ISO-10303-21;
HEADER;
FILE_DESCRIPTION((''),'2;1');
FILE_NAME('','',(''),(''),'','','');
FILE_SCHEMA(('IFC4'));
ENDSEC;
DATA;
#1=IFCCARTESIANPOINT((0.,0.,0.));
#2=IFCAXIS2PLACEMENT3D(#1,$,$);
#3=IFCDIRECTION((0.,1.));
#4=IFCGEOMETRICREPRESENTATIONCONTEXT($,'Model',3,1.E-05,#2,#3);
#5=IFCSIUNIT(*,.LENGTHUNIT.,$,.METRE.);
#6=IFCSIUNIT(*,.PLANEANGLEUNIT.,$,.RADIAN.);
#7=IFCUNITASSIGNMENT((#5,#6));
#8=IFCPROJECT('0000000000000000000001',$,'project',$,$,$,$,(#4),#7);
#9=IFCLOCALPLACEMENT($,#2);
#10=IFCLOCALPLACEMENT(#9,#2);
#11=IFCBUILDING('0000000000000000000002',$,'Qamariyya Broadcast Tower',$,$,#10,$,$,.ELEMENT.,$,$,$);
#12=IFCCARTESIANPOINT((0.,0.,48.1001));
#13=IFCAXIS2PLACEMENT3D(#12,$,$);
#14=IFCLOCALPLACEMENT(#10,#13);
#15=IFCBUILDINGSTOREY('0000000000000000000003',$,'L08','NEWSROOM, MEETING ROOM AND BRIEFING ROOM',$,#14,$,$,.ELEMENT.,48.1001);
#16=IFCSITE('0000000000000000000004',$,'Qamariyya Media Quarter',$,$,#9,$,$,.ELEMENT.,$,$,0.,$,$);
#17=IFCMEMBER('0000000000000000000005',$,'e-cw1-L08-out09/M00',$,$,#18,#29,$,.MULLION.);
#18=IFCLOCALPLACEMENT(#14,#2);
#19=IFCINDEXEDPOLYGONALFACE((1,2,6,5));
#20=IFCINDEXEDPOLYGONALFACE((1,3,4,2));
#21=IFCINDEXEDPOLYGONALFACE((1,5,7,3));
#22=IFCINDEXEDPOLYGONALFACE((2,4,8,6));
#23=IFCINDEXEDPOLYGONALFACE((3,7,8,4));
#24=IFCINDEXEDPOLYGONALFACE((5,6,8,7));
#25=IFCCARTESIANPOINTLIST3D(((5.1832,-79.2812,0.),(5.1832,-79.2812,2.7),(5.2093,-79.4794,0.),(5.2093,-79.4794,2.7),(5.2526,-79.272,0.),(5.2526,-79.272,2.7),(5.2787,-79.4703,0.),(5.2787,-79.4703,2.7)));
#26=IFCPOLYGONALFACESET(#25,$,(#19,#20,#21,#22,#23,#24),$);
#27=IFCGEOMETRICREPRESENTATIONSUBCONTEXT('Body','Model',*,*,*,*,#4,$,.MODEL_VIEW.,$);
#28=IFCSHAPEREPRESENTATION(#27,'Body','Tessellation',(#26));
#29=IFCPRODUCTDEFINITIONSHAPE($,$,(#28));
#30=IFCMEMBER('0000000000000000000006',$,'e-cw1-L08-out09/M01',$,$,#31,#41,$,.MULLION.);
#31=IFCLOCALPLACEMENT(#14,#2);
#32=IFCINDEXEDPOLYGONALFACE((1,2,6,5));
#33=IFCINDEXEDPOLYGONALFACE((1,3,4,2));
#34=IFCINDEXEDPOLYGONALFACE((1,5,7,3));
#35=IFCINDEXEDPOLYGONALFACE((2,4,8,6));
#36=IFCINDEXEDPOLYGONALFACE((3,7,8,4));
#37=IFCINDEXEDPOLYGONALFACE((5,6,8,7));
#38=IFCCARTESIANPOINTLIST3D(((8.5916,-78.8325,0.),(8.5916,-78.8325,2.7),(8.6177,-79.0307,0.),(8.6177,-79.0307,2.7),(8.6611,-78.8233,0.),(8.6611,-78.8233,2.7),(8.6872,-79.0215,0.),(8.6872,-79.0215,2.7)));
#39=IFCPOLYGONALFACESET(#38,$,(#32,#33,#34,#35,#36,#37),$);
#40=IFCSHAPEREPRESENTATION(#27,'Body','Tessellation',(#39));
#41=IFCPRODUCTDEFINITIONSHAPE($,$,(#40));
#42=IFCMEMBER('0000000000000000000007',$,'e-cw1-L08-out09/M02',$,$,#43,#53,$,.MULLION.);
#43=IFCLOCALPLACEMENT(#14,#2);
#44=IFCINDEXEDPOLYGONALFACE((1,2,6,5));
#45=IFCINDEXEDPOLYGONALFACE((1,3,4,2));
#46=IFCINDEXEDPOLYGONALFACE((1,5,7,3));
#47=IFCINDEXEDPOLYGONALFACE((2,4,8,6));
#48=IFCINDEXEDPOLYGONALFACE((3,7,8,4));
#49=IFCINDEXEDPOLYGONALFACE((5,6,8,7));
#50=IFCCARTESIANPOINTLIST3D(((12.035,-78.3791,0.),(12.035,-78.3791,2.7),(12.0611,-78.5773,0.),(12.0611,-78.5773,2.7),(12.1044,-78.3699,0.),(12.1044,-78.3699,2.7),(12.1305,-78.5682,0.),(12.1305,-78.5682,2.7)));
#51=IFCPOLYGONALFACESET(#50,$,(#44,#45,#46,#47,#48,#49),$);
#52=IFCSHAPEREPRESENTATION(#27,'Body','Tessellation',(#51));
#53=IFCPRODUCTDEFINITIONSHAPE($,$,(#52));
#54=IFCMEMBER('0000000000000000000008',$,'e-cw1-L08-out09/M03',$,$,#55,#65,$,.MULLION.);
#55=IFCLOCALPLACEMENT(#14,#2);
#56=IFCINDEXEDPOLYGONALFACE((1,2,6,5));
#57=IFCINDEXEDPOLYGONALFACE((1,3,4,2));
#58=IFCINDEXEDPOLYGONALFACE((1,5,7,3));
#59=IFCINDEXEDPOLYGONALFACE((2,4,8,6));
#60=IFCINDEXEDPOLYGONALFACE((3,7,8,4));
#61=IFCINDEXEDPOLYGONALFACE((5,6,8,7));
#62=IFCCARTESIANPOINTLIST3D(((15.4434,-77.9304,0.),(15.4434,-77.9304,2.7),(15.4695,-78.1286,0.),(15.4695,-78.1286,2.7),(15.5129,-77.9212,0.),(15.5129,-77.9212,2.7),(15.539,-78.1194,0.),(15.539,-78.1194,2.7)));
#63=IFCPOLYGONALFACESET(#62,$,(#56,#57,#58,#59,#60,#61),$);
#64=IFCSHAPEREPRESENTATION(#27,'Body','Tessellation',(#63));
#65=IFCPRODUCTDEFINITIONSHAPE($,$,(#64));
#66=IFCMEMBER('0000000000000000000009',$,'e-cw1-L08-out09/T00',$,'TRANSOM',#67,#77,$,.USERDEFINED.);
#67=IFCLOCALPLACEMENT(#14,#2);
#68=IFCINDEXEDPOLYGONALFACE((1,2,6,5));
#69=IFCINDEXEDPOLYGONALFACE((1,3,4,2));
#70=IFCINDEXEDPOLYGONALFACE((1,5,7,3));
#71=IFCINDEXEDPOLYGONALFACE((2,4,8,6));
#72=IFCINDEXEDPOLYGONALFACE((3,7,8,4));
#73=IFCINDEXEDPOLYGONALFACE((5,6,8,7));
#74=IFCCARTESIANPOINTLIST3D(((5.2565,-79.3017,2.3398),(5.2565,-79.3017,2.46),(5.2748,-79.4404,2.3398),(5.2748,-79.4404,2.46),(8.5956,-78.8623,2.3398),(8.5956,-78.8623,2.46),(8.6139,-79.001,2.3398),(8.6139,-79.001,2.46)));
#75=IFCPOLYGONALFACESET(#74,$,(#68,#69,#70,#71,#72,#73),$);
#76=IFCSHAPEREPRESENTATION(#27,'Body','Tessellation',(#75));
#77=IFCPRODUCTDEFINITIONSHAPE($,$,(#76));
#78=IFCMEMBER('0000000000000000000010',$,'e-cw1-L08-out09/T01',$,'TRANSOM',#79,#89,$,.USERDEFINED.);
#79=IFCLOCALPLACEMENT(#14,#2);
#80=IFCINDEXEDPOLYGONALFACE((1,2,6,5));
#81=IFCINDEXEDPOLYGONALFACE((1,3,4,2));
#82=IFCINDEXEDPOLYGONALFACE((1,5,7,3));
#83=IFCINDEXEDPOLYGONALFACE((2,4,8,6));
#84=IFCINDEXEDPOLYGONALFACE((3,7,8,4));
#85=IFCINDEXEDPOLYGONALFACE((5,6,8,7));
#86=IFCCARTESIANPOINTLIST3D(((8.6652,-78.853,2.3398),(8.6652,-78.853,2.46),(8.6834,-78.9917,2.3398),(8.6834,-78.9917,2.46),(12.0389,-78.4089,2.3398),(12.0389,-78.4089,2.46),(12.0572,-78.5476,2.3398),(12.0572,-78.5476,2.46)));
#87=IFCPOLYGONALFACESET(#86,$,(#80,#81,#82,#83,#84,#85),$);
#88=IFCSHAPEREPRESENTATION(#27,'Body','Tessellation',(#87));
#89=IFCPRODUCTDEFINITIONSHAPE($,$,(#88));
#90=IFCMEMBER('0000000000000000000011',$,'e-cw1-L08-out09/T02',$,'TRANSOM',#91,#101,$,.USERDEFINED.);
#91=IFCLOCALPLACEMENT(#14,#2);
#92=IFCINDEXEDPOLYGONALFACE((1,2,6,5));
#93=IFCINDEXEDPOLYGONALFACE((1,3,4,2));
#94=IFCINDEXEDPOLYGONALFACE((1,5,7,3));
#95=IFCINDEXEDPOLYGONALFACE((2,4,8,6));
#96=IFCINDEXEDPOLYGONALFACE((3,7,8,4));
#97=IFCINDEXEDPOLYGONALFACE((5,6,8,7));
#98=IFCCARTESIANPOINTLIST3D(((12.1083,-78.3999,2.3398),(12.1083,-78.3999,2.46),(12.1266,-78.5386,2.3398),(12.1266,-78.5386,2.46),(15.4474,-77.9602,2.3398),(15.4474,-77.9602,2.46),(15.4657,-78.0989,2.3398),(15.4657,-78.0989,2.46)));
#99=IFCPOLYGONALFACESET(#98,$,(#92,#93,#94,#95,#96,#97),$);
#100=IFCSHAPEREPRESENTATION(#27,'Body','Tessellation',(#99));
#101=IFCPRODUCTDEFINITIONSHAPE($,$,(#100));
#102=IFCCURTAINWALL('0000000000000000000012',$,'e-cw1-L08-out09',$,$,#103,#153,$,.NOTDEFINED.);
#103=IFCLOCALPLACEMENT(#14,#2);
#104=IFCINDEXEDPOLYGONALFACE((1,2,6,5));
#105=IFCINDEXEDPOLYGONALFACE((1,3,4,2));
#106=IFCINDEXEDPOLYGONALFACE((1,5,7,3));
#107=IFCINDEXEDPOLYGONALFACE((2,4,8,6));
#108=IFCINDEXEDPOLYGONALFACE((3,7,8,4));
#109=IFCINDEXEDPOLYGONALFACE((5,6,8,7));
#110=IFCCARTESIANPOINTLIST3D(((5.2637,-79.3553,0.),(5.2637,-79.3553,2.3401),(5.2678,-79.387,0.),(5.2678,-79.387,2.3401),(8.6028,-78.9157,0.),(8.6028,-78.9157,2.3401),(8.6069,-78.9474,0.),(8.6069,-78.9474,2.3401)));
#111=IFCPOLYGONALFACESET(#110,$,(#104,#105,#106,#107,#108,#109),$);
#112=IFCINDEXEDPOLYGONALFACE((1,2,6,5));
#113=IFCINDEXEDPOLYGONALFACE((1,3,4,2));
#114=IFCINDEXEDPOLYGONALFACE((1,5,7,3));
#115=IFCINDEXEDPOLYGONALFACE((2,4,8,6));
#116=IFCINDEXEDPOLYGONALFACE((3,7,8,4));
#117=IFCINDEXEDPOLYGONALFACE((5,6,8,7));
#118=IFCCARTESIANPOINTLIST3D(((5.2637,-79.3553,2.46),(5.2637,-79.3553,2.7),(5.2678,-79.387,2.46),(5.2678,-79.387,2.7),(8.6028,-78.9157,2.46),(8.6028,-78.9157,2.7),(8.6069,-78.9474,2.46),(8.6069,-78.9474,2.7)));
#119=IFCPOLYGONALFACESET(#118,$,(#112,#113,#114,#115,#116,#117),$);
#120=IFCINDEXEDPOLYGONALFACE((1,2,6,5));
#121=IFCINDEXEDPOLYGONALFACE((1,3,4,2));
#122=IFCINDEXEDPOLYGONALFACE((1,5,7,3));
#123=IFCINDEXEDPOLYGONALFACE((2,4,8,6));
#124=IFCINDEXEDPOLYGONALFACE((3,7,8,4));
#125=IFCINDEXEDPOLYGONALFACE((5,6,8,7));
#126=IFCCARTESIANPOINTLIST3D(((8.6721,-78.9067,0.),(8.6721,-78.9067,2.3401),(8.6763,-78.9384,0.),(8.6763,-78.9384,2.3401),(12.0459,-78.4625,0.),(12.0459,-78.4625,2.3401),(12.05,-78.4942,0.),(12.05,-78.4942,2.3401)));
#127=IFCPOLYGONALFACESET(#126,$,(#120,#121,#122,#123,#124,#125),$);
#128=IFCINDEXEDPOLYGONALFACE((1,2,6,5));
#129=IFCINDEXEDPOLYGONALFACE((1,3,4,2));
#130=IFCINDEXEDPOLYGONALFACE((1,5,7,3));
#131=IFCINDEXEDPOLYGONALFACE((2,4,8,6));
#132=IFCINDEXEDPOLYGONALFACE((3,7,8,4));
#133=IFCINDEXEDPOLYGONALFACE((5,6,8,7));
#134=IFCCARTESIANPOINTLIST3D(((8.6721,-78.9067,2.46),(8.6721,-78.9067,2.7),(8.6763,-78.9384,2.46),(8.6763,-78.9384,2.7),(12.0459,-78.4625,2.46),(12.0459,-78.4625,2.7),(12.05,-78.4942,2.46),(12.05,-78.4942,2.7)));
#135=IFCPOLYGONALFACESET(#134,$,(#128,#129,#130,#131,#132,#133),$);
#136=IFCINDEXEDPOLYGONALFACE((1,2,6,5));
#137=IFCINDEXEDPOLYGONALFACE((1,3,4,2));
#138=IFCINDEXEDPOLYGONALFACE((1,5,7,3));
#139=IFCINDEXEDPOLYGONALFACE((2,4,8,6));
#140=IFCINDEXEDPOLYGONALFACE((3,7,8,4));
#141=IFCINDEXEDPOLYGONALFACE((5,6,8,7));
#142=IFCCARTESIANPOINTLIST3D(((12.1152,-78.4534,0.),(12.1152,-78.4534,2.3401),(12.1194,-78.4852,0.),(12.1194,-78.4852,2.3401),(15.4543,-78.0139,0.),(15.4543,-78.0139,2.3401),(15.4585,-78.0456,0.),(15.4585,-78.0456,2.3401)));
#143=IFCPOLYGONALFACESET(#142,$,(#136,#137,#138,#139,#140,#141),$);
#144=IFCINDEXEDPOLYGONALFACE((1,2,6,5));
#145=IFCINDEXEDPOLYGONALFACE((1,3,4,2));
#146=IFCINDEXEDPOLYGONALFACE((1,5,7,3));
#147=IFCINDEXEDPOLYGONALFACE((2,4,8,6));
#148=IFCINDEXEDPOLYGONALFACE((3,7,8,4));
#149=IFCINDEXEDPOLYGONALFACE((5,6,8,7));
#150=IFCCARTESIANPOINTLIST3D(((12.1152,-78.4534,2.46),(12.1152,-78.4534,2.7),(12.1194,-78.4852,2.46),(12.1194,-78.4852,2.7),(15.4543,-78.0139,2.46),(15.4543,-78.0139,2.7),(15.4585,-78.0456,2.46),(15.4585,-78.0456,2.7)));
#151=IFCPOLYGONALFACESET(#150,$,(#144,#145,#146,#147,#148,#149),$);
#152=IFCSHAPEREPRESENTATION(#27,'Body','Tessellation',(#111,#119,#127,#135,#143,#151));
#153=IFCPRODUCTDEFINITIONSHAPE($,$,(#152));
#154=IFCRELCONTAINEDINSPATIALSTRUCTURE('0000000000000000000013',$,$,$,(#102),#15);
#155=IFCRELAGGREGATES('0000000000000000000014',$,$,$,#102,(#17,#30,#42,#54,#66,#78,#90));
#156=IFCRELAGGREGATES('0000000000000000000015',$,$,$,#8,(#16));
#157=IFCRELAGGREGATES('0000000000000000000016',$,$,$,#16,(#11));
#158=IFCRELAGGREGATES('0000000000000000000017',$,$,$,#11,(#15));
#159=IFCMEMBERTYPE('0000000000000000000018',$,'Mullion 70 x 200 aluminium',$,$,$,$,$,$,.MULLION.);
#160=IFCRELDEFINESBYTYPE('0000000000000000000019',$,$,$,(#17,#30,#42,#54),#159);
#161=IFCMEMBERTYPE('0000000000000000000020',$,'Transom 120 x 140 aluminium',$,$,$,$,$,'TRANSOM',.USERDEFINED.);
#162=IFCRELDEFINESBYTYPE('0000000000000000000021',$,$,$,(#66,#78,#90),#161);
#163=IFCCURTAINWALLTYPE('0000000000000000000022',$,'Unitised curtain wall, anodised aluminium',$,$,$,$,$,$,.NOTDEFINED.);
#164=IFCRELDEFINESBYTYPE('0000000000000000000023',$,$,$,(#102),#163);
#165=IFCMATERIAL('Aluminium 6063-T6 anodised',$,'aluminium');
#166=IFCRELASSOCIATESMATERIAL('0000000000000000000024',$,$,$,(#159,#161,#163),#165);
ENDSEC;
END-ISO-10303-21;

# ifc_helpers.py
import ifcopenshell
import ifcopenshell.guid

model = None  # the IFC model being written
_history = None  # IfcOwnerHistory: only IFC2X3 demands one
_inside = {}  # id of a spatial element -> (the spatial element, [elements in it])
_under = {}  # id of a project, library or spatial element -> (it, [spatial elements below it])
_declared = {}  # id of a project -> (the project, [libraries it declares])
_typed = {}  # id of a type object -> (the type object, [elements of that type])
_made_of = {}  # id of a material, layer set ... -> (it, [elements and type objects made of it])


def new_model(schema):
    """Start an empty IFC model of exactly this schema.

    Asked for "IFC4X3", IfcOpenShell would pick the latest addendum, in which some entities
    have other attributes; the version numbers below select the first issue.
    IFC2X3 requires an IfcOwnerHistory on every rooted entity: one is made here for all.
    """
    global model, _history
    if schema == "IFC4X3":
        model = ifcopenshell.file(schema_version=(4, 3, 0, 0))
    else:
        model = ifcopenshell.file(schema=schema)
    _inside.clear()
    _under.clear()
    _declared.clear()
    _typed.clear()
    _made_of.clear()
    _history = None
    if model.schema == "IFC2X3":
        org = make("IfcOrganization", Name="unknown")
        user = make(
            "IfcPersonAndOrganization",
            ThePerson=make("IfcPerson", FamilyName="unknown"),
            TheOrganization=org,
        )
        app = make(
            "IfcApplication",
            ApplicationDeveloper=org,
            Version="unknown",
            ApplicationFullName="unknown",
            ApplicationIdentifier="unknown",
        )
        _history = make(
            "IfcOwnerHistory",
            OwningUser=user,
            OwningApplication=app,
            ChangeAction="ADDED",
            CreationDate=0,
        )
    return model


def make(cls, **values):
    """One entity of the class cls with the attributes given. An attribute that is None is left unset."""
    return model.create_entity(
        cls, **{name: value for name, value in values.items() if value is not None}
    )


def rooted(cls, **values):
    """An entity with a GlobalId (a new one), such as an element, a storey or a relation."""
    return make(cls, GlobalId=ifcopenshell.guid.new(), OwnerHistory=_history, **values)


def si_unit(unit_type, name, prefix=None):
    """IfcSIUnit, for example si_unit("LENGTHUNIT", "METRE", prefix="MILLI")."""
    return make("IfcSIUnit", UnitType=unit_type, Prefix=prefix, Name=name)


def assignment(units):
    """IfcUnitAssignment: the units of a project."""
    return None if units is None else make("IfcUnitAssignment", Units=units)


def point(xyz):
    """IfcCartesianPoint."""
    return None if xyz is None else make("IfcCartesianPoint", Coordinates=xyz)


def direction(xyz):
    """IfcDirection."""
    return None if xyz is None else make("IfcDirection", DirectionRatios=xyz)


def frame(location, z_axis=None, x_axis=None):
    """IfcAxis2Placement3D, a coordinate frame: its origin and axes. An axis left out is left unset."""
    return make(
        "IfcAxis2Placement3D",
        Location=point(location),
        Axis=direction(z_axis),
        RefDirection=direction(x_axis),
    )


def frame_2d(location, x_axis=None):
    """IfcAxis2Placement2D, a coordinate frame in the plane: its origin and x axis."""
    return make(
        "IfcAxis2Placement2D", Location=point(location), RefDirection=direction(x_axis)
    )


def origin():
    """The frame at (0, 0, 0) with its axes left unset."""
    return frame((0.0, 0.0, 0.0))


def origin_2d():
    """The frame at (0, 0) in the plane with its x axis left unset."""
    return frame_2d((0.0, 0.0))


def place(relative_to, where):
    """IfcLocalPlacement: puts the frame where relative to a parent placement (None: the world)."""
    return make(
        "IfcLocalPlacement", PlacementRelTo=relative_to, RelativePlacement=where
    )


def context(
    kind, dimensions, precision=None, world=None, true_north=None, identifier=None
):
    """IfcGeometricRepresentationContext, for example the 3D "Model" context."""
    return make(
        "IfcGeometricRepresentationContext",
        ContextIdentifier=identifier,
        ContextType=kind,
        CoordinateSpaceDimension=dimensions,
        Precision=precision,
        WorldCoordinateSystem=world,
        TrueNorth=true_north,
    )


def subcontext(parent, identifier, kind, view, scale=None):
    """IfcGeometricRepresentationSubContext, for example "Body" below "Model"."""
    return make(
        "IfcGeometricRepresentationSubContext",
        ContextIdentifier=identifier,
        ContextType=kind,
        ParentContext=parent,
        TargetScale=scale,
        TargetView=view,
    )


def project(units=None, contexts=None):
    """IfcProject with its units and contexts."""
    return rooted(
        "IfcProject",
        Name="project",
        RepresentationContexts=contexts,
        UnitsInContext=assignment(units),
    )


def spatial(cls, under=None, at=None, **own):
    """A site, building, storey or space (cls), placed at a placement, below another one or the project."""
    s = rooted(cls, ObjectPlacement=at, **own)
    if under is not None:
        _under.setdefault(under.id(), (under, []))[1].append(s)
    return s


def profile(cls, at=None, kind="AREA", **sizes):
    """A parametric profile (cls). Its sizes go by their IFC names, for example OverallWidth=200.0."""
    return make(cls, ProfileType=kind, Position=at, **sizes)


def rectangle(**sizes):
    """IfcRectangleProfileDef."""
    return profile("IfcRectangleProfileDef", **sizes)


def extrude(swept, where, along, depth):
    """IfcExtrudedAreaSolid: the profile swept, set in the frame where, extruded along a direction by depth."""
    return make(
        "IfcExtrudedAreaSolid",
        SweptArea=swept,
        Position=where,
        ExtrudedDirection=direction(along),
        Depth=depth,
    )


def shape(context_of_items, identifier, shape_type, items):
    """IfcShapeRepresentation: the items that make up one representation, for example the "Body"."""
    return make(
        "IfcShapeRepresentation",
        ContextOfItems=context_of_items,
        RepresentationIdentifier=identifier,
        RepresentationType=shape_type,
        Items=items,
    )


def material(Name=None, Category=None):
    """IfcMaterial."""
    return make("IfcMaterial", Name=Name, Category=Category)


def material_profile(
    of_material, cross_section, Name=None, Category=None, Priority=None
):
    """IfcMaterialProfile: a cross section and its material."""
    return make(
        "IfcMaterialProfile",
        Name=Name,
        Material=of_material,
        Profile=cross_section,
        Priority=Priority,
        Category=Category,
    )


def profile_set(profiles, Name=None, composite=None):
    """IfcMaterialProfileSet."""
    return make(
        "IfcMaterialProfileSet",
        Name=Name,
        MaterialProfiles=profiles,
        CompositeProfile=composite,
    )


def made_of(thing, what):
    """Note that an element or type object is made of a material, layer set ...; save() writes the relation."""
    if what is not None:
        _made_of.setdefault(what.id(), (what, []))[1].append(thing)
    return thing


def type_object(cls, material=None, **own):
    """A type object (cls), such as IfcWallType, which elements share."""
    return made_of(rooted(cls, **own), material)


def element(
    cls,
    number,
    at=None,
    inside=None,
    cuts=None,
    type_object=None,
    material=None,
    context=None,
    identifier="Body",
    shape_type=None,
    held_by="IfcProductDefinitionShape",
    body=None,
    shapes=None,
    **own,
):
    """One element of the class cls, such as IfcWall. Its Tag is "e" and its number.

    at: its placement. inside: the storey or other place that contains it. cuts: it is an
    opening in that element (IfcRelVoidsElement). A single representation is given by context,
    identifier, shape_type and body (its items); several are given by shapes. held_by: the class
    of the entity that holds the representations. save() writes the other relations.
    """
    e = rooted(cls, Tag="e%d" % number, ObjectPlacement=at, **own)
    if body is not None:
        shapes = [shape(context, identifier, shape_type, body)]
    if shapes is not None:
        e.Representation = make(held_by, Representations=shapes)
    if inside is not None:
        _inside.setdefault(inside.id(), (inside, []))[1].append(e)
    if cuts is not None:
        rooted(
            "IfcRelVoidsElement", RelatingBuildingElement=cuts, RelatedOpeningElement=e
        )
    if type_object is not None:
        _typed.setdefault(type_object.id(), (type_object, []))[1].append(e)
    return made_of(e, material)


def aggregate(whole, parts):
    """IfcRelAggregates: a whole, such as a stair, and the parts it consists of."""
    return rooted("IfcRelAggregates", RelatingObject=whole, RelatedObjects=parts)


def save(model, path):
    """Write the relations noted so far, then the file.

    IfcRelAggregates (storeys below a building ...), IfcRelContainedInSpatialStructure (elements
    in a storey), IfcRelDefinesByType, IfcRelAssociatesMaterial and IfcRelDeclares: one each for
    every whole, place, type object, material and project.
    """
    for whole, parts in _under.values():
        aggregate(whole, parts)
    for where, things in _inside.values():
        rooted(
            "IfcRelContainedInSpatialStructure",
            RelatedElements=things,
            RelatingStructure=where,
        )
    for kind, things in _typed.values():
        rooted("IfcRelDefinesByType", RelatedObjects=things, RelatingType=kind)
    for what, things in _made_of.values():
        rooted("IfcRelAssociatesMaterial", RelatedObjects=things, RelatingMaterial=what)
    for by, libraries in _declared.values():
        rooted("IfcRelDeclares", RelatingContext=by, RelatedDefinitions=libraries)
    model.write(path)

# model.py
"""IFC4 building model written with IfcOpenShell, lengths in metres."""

from ifc_helpers import new_model, si_unit, direction, frame, origin, origin_2d, place, context, subcontext, project, spatial, rectangle, extrude, material, material_profile, profile_set, type_object, element, aggregate, save


model = new_model("IFC4")

# Units and contexts
model_context = context("Model", 3, precision=1e-05, world=origin(), true_north=direction((0.0, 1.0)))
body_context = subcontext(model_context, "Body", "Model", "MODEL_VIEW")
ifc_project = project(units=[si_unit("LENGTHUNIT", "METRE"), si_unit("PLANEANGLEUNIT", "RADIAN")], contexts=[model_context])

# Members
ifc_material = material(Name="Aluminium 6063-T6 anodised", Category="aluminium")
ifc_material_profile_1 = material_profile(ifc_material, rectangle(XDim=0.2, YDim=0.0701, at=origin_2d()))
ifc_profile_set_1 = profile_set([ifc_material_profile_1], Name="Aluminium 6063-T6 anodised")
member_type_1 = type_object("IfcMemberType", Name="Mullion 70 x 200 aluminium", PredefinedType="MULLION", material=ifc_profile_set_1)
site_placement = place(None, origin())
building_placement = place(site_placement, origin())
storey_placement = place(building_placement, frame((0.0, 0.0, 48.1001)))
member_1_placement = place(storey_placement, frame((5.231, -79.3757, 0.0), z_axis=(0.0, 0.0, 1.0), x_axis=(-0.130526, 0.991445, 0.0)))
member_1 = element("IfcMember", 1, at=member_1_placement, type_object=member_type_1, Name="e-cw1-L08-out09/M00", PredefinedType="MULLION", context=body_context, shape_type="SweptSolid", body=[
    extrude(rectangle(XDim=0.2, YDim=0.0701, at=origin_2d()), origin(), (0.0, 0.0, 1.0), 2.7),
])
member_2_placement = place(storey_placement, frame((8.6394, -78.927, 0.0), z_axis=(0.0, 0.0, 1.0), x_axis=(-0.130526, 0.991445, 0.0)))
member_2 = element("IfcMember", 2, at=member_2_placement, type_object=member_type_1, Name="e-cw1-L08-out09/M01", PredefinedType="MULLION", context=body_context, shape_type="SweptSolid", body=[
    extrude(rectangle(XDim=0.2, YDim=0.0701, at=origin_2d()), origin(), (0.0, 0.0, 1.0), 2.7),
])
member_3_placement = place(storey_placement, frame((12.0828, -78.4736, 0.0), z_axis=(0.0, 0.0, 1.0), x_axis=(-0.130526, 0.991445, 0.0)))
member_3 = element("IfcMember", 3, at=member_3_placement, type_object=member_type_1, Name="e-cw1-L08-out09/M02", PredefinedType="MULLION", context=body_context, shape_type="SweptSolid", body=[
    extrude(rectangle(XDim=0.2, YDim=0.0701, at=origin_2d()), origin(), (0.0, 0.0, 1.0), 2.7),
])
member_4_placement = place(storey_placement, frame((15.4912, -78.0249, 0.0), z_axis=(0.0, 0.0, 1.0), x_axis=(-0.130526, 0.991445, 0.0)))
member_4 = element("IfcMember", 4, at=member_4_placement, type_object=member_type_1, Name="e-cw1-L08-out09/M03", PredefinedType="MULLION", context=body_context, shape_type="SweptSolid", body=[
    extrude(rectangle(XDim=0.2, YDim=0.0701, at=origin_2d()), origin(), (0.0, 0.0, 1.0), 2.7),
])
ifc_material_profile_2 = material_profile(ifc_material, rectangle(XDim=0.1399, YDim=0.1201, at=origin_2d()))
ifc_profile_set_2 = profile_set([ifc_material_profile_2], Name="Aluminium 6063-T6 anodised")
member_type_2 = type_object("IfcMemberType", Name="Transom 120 x 140 aluminium", ElementType="TRANSOM", PredefinedType="USERDEFINED", material=ifc_profile_set_2)
member_5_placement = place(storey_placement, frame((5.2656, -79.3711, 2.3999), z_axis=(0.991451, 0.130483, 0.0), x_axis=(-0.130483, 0.991451, 0.0)))
member_5 = element("IfcMember", 5, at=member_5_placement, type_object=member_type_2, Name="e-cw1-L08-out09/T00", ObjectType="TRANSOM", PredefinedType="USERDEFINED", context=body_context, shape_type="SweptSolid", body=[
    extrude(rectangle(XDim=0.1399, YDim=0.1201, at=origin_2d()), origin(), (0.0, 0.0, 1.0), 3.3679),
])
member_6_placement = place(storey_placement, frame((8.6743, -78.9224, 2.3999), z_axis=(0.991448, 0.130505, 0.0), x_axis=(-0.130505, 0.991448, 0.0)))
member_6 = element("IfcMember", 6, at=member_6_placement, type_object=member_type_2, Name="e-cw1-L08-out09/T01", ObjectType="TRANSOM", PredefinedType="USERDEFINED", context=body_context, shape_type="SweptSolid", body=[
    extrude(rectangle(XDim=0.1399, YDim=0.1201, at=origin_2d()), origin(), (0.0, 0.0, 1.0), 3.4028),
])
member_7_placement = place(storey_placement, frame((12.1174, -78.4692, 2.3999), z_axis=(0.991441, 0.130554, 0.0), x_axis=(-0.130554, 0.991441, 0.0)))
member_7 = element("IfcMember", 7, at=member_7_placement, type_object=member_type_2, Name="e-cw1-L08-out09/T02", ObjectType="TRANSOM", PredefinedType="USERDEFINED", context=body_context, shape_type="SweptSolid", body=[
    extrude(rectangle(XDim=0.1399, YDim=0.1201, at=origin_2d()), origin(), (0.0, 0.0, 1.0), 3.3679),
])

# Site, building, storey
site = spatial("IfcSite", under=ifc_project, at=site_placement, Name="Qamariyya Media Quarter", CompositionType="ELEMENT", RefElevation=0.0)
building = spatial("IfcBuilding", under=site, at=building_placement, Name="Qamariyya Broadcast Tower", CompositionType="ELEMENT")
storey = spatial("IfcBuildingStorey", under=building, at=storey_placement, Name="L08", Description="NEWSROOM, MEETING ROOM AND BRIEFING ROOM", CompositionType="ELEMENT", Elevation=48.1001)

# Curtain wall
curtain_wall_type = type_object("IfcCurtainWallType", Name="Unitised curtain wall, anodised aluminium", PredefinedType="NOTDEFINED", material=ifc_material)
curtain_wall_1_placement = place(storey_placement, origin())
curtain_wall_1 = element("IfcCurtainWall", 8, at=curtain_wall_1_placement, inside=storey, type_object=curtain_wall_type, Name="e-cw1-L08-out09", PredefinedType="NOTDEFINED", context=body_context, shape_type="SweptSolid", body=[
    extrude(rectangle(XDim=3.3679, YDim=0.032, at=origin_2d()), frame((6.9353, -79.1514, 0.0), x_axis=(0.991446, 0.130521, 0.0)), (0.0, 0.0, 1.0), 2.3401),
    extrude(rectangle(XDim=3.3679, YDim=0.032, at=origin_2d()), frame((6.9353, -79.1514, 2.46), x_axis=(0.991446, 0.130521, 0.0)), (0.0, 0.0, 1.0), 0.24),
    extrude(rectangle(XDim=3.4028, YDim=0.032, at=origin_2d()), frame((10.3611, -78.7004, 0.0), x_axis=(0.991446, 0.130521, 0.0)), (0.0, 0.0, 1.0), 2.3401),
    extrude(rectangle(XDim=3.4028, YDim=0.032, at=origin_2d()), frame((10.3611, -78.7004, 2.46), x_axis=(0.991446, 0.130521, 0.0)), (0.0, 0.0, 1.0), 0.24),
    extrude(rectangle(XDim=3.3679, YDim=0.032, at=origin_2d()), frame((13.7869, -78.2495, 0.0), x_axis=(0.991446, 0.130521, 0.0)), (0.0, 0.0, 1.0), 2.3401),
    extrude(rectangle(XDim=3.3679, YDim=0.032, at=origin_2d()), frame((13.7869, -78.2495, 2.46), x_axis=(0.991446, 0.130521, 0.0)), (0.0, 0.0, 1.0), 0.24),
])
aggregate(curtain_wall_1, [member_1, member_2, member_3, member_4, member_5, member_6, member_7])

save(model, "model.ifc")
